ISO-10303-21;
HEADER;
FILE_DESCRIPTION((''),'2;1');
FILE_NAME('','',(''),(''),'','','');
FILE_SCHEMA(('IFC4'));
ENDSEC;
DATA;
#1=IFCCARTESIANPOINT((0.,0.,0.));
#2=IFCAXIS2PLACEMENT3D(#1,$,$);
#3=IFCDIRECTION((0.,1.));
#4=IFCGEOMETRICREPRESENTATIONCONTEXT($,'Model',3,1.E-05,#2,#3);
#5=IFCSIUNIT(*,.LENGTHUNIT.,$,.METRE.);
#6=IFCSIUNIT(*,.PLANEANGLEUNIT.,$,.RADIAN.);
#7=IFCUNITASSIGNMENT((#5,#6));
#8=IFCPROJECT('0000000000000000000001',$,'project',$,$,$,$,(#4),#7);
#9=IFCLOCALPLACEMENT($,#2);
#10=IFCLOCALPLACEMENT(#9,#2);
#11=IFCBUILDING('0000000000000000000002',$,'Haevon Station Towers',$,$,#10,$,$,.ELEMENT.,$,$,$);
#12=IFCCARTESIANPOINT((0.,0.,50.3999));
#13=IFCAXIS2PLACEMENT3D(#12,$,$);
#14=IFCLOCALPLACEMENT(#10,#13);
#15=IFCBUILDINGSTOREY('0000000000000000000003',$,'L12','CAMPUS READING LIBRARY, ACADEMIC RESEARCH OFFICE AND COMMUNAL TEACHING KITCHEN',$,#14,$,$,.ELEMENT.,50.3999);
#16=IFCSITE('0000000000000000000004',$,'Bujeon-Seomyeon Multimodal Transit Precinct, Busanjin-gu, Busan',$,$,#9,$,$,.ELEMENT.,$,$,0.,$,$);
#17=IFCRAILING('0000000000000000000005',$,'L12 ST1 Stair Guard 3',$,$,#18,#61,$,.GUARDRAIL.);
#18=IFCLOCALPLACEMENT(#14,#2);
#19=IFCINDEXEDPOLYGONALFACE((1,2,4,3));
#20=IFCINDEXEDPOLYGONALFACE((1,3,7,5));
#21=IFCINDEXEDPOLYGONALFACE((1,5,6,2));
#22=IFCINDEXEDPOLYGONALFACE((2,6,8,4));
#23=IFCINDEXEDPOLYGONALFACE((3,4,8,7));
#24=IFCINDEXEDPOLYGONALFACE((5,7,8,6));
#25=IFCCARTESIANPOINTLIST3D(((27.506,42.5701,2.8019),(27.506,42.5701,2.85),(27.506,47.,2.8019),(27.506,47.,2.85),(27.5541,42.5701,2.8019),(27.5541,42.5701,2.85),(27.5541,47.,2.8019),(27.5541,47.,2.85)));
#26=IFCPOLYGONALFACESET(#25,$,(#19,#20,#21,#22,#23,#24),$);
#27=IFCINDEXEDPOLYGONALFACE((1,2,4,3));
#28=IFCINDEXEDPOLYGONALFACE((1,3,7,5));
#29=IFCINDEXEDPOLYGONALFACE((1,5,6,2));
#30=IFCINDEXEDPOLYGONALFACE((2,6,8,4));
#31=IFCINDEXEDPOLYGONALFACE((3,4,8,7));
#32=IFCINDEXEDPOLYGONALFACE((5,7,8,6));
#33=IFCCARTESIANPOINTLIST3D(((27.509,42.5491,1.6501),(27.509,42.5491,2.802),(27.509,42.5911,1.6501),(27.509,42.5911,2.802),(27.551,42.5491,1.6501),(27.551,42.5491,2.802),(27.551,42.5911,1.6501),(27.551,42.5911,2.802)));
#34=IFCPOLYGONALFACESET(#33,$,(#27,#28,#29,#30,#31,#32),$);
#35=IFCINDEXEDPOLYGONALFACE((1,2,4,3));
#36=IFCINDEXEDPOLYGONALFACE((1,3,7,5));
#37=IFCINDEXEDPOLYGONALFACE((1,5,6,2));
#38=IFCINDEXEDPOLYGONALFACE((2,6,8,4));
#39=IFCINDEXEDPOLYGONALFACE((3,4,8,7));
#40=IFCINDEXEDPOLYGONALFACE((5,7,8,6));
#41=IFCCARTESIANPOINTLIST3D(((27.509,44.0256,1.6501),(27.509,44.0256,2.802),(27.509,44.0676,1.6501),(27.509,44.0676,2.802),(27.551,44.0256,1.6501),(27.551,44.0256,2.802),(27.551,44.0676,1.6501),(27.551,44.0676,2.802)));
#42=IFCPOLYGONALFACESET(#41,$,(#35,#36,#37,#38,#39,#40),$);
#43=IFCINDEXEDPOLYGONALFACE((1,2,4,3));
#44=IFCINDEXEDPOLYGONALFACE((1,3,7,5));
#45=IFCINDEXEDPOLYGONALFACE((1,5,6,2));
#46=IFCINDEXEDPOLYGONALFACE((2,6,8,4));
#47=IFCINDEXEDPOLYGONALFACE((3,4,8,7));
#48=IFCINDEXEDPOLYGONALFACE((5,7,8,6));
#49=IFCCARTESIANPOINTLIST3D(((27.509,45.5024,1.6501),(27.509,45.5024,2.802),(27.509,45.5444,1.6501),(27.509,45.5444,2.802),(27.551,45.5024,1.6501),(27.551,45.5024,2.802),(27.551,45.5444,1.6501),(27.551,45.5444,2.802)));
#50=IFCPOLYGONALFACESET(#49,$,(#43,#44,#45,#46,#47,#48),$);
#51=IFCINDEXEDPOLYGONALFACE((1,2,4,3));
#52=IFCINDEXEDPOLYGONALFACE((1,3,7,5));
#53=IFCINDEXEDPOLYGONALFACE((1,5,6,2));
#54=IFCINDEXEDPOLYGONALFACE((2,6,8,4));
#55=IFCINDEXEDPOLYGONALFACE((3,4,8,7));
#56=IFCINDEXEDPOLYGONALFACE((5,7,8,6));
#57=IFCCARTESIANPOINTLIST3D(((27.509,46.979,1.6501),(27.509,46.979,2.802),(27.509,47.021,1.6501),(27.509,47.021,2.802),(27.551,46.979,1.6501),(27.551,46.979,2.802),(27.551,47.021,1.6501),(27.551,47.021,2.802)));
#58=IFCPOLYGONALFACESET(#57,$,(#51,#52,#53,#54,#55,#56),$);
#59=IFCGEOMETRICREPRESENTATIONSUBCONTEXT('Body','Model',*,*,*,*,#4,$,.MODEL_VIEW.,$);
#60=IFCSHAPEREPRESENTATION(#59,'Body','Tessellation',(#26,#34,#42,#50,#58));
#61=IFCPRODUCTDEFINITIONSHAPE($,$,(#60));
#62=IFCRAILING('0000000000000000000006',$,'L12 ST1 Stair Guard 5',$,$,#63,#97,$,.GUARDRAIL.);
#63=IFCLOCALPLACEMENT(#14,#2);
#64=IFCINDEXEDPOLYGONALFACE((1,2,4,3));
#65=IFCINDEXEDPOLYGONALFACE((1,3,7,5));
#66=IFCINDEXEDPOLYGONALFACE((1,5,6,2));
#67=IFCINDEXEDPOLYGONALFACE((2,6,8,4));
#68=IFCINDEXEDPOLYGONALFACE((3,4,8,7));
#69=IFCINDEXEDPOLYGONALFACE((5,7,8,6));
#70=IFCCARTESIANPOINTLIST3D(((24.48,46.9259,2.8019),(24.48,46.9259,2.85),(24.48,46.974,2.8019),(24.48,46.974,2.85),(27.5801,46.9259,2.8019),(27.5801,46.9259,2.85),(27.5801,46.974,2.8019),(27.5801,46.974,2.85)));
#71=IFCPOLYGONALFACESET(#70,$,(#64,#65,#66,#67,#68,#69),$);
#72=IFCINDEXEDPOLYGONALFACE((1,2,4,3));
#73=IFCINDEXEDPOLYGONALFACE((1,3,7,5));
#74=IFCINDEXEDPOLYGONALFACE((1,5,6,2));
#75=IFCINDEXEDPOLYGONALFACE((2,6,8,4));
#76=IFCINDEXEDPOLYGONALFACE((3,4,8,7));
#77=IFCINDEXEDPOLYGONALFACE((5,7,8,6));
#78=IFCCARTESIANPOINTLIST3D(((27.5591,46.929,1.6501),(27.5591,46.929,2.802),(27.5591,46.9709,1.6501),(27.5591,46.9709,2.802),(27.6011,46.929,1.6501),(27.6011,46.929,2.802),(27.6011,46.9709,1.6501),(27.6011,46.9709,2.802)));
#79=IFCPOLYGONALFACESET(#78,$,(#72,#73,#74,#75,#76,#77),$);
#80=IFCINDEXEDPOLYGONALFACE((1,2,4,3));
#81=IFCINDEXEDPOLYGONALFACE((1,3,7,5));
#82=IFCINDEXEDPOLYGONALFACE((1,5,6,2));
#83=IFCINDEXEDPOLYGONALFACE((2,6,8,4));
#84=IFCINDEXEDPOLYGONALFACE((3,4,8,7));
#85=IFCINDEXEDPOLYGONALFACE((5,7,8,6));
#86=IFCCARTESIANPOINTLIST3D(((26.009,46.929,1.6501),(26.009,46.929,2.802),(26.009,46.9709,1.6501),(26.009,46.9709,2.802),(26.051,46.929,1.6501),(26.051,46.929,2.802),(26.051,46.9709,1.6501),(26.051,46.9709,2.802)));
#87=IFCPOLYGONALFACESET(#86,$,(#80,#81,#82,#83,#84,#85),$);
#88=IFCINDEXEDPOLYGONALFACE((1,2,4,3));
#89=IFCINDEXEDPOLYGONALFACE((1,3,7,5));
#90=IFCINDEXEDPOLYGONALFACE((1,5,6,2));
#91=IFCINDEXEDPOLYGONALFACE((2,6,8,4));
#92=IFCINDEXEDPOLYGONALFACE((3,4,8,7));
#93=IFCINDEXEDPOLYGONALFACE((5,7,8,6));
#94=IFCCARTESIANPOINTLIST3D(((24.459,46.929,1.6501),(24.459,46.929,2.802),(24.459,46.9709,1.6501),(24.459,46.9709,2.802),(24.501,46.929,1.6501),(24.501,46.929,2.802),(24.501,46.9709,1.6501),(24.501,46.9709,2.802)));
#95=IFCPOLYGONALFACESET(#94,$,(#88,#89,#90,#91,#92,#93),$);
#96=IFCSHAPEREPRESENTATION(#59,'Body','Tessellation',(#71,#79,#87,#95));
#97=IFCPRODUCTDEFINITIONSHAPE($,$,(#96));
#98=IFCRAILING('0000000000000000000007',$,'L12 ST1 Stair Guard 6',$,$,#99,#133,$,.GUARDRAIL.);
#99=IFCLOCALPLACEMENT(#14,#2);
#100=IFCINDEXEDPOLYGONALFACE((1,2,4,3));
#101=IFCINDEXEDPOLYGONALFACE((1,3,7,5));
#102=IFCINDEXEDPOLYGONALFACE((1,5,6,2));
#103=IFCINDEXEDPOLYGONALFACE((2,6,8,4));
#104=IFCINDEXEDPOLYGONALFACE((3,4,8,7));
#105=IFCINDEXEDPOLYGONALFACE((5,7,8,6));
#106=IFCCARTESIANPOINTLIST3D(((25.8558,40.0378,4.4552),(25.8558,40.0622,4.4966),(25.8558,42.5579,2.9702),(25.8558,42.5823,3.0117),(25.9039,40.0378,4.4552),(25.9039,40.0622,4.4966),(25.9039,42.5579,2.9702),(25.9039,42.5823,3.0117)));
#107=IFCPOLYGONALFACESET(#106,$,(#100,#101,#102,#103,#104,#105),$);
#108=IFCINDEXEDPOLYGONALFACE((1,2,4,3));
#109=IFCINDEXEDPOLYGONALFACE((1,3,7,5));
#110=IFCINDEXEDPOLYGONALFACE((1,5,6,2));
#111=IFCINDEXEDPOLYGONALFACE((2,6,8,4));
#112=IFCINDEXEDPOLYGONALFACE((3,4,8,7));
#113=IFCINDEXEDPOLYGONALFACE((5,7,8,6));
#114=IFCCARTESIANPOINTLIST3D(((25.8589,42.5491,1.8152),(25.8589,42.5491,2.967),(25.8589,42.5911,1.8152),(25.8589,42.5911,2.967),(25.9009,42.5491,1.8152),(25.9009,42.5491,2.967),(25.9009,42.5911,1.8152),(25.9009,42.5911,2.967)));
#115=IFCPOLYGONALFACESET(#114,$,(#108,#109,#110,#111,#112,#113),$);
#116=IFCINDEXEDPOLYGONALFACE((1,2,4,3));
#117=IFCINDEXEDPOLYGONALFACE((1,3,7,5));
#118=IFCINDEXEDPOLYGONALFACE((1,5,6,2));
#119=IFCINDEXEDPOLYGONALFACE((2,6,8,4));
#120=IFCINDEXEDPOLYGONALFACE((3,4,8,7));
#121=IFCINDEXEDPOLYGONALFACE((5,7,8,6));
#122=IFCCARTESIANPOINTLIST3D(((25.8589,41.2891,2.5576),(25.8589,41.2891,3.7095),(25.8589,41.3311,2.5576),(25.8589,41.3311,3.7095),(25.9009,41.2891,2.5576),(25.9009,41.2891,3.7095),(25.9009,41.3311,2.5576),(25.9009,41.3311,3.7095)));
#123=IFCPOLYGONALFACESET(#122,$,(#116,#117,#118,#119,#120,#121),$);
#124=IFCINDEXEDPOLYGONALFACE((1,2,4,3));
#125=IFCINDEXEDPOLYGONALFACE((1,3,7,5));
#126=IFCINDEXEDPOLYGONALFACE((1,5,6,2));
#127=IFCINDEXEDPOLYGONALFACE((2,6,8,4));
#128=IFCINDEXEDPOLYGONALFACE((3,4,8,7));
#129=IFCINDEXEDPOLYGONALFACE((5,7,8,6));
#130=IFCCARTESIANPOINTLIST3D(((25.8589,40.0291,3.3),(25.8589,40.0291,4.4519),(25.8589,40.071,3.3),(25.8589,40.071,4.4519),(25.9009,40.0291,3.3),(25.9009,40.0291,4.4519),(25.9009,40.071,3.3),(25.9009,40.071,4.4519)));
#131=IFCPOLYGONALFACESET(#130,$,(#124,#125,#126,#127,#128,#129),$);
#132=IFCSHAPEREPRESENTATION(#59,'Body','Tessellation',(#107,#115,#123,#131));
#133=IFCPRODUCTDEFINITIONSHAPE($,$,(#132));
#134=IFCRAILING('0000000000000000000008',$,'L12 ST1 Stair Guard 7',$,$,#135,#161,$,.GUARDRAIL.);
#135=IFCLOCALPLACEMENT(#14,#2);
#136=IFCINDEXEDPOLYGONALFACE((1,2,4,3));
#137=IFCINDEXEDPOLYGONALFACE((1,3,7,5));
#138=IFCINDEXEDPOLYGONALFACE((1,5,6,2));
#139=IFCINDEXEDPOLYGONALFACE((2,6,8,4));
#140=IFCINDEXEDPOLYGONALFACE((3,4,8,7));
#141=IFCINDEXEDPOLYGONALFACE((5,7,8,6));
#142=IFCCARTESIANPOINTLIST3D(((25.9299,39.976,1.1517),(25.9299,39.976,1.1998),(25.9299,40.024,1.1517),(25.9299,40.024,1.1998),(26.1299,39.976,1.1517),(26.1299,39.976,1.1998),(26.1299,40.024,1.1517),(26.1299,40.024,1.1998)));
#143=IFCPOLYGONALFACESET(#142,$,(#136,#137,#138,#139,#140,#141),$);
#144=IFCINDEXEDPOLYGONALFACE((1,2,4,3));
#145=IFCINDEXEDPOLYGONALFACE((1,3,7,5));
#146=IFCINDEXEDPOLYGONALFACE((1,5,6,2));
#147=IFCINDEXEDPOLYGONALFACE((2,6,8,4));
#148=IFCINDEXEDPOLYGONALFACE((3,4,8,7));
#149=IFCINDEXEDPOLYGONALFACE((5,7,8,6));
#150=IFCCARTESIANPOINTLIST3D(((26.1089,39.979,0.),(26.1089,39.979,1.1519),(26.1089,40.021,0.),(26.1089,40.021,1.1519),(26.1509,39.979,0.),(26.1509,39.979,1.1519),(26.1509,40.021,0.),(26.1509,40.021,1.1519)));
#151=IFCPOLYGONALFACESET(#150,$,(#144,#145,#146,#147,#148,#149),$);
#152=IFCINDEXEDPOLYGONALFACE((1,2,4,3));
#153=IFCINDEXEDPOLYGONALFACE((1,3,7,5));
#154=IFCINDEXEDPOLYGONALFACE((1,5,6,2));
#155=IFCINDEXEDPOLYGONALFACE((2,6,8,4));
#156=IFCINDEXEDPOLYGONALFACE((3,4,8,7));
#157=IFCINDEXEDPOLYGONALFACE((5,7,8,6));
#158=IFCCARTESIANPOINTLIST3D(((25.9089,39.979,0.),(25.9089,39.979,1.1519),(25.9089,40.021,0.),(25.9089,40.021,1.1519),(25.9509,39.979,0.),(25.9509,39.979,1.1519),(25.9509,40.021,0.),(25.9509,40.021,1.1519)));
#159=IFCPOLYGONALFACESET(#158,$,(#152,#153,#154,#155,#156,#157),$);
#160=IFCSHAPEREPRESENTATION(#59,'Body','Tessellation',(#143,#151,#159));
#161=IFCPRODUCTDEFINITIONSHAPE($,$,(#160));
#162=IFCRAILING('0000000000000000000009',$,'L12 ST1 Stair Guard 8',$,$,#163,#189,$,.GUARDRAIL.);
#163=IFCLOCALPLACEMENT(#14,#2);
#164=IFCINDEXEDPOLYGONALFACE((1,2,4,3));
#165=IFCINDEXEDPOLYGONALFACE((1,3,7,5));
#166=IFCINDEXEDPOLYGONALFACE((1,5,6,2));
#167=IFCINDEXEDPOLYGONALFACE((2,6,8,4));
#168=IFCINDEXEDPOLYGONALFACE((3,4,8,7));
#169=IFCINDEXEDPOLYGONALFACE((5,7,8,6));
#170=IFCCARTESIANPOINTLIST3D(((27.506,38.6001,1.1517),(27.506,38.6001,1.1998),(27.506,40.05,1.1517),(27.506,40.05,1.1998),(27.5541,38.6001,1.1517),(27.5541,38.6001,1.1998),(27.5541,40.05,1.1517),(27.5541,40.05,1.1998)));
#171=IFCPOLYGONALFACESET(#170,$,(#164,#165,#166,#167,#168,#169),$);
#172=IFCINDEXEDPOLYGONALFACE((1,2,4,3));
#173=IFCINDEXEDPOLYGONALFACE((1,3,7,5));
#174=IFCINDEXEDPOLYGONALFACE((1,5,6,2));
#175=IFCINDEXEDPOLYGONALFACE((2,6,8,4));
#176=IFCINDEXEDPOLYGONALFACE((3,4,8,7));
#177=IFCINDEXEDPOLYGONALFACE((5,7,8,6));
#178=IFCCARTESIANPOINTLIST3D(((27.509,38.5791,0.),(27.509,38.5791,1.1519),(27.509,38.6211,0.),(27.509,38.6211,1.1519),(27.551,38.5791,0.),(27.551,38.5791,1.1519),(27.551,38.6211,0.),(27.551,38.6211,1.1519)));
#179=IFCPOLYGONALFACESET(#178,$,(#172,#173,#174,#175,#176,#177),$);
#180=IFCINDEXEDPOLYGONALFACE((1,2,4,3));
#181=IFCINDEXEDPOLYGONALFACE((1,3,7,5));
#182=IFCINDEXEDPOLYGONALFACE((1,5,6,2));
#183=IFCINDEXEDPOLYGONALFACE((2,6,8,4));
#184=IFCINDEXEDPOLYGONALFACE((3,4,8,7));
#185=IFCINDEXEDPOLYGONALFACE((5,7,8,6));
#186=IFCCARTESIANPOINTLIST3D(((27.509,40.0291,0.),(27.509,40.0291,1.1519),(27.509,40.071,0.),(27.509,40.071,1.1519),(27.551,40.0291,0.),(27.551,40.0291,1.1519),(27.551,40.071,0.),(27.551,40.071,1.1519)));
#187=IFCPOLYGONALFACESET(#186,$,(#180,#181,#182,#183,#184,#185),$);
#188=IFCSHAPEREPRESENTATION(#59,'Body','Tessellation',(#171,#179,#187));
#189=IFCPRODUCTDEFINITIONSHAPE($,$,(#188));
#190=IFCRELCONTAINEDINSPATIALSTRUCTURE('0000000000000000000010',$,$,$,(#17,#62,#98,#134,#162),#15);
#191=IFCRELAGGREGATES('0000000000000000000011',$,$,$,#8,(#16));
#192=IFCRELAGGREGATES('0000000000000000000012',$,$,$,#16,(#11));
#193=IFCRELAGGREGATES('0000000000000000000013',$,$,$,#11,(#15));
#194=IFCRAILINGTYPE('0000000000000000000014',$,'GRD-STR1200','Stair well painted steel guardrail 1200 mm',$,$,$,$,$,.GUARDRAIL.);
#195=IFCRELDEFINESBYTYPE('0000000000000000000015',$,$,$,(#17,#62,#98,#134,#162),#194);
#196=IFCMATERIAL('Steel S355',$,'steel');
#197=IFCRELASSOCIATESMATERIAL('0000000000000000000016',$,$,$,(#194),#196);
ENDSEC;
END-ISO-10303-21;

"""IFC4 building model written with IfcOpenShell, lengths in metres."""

from ifc_helpers import new_model, si_unit, direction, frame, origin, origin_2d, place, context, subcontext, project, spatial, rectangle, extrude, material, type_object, element, save


model = new_model("IFC4")

# Units and contexts
model_context = context("Model", 3, precision=1e-05, world=origin(), true_north=direction((0.0, 1.0)))
body_context = subcontext(model_context, "Body", "Model", "MODEL_VIEW")
ifc_project = project(units=[si_unit("LENGTHUNIT", "METRE"), si_unit("PLANEANGLEUNIT", "RADIAN")], contexts=[model_context])

# Site, building, storey
site_placement = place(None, origin())
site = spatial("IfcSite", under=ifc_project, at=site_placement, Name="Bujeon-Seomyeon Multimodal Transit Precinct, Busanjin-gu, Busan", CompositionType="ELEMENT", RefElevation=0.0)
building_placement = place(site_placement, origin())
building = spatial("IfcBuilding", under=site, at=building_placement, Name="Haevon Station Towers", CompositionType="ELEMENT")
storey_placement = place(building_placement, frame((0.0, 0.0, 50.3999)))
storey = spatial("IfcBuildingStorey", under=building, at=storey_placement, Name="L12", Description="CAMPUS READING LIBRARY, ACADEMIC RESEARCH OFFICE AND COMMUNAL TEACHING KITCHEN", CompositionType="ELEMENT", Elevation=50.3999)

# Shared definitions
ifc_material_1 = material(Name="Steel S355", Category="steel")

# Railings
railing_type_1 = type_object("IfcRailingType", Name="GRD-STR1200", Description="Stair well painted steel guardrail 1200 mm", PredefinedType="GUARDRAIL", material=ifc_material_1)
railing_1_placement = place(storey_placement, frame((27.53, 42.5701, 1.6501)))
element("IfcRailing", 1, at=railing_1_placement, inside=storey, type_object=railing_type_1, Name="L12 ST1 Stair Guard 3", PredefinedType="GUARDRAIL", context=body_context, shape_type="SweptSolid", body=[
    extrude(rectangle(XDim=0.0481, YDim=0.0481, at=origin_2d()), frame((0.0, 0.0, 1.1758), z_axis=(0.0, 1.0, 0.0), x_axis=(-1.0, 0.0, 0.0)), (0.0, 0.0, 1.0), 4.4299),
    extrude(rectangle(XDim=0.042, YDim=0.042, at=origin_2d()), origin(), (0.0, 0.0, 1.0), 1.1519),
    extrude(rectangle(XDim=0.042, YDim=0.042, at=origin_2d()), frame((0.0, 1.4766, 0.0)), (0.0, 0.0, 1.0), 1.1519),
    extrude(rectangle(XDim=0.042, YDim=0.042, at=origin_2d()), frame((0.0, 2.9534, 0.0)), (0.0, 0.0, 1.0), 1.1519),
    extrude(rectangle(XDim=0.042, YDim=0.042, at=origin_2d()), frame((0.0, 4.4299, 0.0)), (0.0, 0.0, 1.0), 1.1519),
])
railing_2_placement = place(storey_placement, frame((27.5801, 46.95, 1.6501)))
element("IfcRailing", 2, at=railing_2_placement, inside=storey, type_object=railing_type_1, Name="L12 ST1 Stair Guard 5", PredefinedType="GUARDRAIL", context=body_context, shape_type="SweptSolid", body=[
    extrude(rectangle(XDim=0.0481, YDim=0.0481, at=origin_2d()), frame((0.0, 0.0, 1.1758), z_axis=(-1.0, 0.0, 0.0), x_axis=(0.0, -1.0, 0.0)), (0.0, 0.0, 1.0), 3.1001),
    extrude(rectangle(XDim=0.042, YDim=0.042, at=origin_2d()), origin(), (0.0, 0.0, 1.0), 1.1519),
    extrude(rectangle(XDim=0.042, YDim=0.042, at=origin_2d()), frame((-1.55, 0.0, 0.0)), (0.0, 0.0, 1.0), 1.1519),
    extrude(rectangle(XDim=0.042, YDim=0.042, at=origin_2d()), frame((-3.1001, 0.0, 0.0)), (0.0, 0.0, 1.0), 1.1519),
])
railing_3_placement = place(storey_placement, frame((25.8799, 42.5701, 1.8152)))
element("IfcRailing", 3, at=railing_3_placement, inside=storey, type_object=railing_type_1, Name="L12 ST1 Stair Guard 6", PredefinedType="GUARDRAIL", context=body_context, shape_type="SweptSolid", body=[
    extrude(rectangle(XDim=0.0481, YDim=0.0481, at=origin_2d()), frame((0.0, 0.0, 1.1758), z_axis=(0.0, -0.861561, 0.507655), x_axis=(1.0, 0.0, 0.0)), (0.0, 0.0, 1.0), 2.925),
    extrude(rectangle(XDim=0.042, YDim=0.042, at=origin_2d()), origin(), (0.0, 0.0, 1.0), 1.1519),
    extrude(rectangle(XDim=0.042, YDim=0.042, at=origin_2d()), frame((0.0, -1.26, 0.7424)), (0.0, 0.0, 1.0), 1.1519),
    extrude(rectangle(XDim=0.042, YDim=0.042, at=origin_2d()), frame((0.0, -2.52, 1.4849)), (0.0, 0.0, 1.0), 1.1519),
])
railing_4_placement = place(storey_placement, frame((26.1299, 40.0, 0.0)))
element("IfcRailing", 4, at=railing_4_placement, inside=storey, type_object=railing_type_1, Name="L12 ST1 Stair Guard 7", PredefinedType="GUARDRAIL", context=body_context, shape_type="SweptSolid", body=[
    extrude(rectangle(XDim=0.0481, YDim=0.0481, at=origin_2d()), frame((0.0, 0.0, 1.1758), z_axis=(-1.0, 0.0, 0.0), x_axis=(0.0, -1.0, 0.0)), (0.0, 0.0, 1.0), 0.2),
    extrude(rectangle(XDim=0.042, YDim=0.042, at=origin_2d()), origin(), (0.0, 0.0, 1.0), 1.1519),
    extrude(rectangle(XDim=0.042, YDim=0.042, at=origin_2d()), frame((-0.2, 0.0, 0.0)), (0.0, 0.0, 1.0), 1.1519),
])
railing_5_placement = place(storey_placement, frame((27.53, 38.6001, 0.0)))
element("IfcRailing", 5, at=railing_5_placement, inside=storey, type_object=railing_type_1, Name="L12 ST1 Stair Guard 8", PredefinedType="GUARDRAIL", context=body_context, shape_type="SweptSolid", body=[
    extrude(rectangle(XDim=0.0481, YDim=0.0481, at=origin_2d()), frame((0.0, 0.0, 1.1758), z_axis=(0.0, 1.0, 0.0), x_axis=(-1.0, 0.0, 0.0)), (0.0, 0.0, 1.0), 1.45),
    extrude(rectangle(XDim=0.042, YDim=0.042, at=origin_2d()), origin(), (0.0, 0.0, 1.0), 1.1519),
    extrude(rectangle(XDim=0.042, YDim=0.042, at=origin_2d()), frame((0.0, 1.45, 0.0)), (0.0, 0.0, 1.0), 1.1519),
])

save(model, "model.ifc")
